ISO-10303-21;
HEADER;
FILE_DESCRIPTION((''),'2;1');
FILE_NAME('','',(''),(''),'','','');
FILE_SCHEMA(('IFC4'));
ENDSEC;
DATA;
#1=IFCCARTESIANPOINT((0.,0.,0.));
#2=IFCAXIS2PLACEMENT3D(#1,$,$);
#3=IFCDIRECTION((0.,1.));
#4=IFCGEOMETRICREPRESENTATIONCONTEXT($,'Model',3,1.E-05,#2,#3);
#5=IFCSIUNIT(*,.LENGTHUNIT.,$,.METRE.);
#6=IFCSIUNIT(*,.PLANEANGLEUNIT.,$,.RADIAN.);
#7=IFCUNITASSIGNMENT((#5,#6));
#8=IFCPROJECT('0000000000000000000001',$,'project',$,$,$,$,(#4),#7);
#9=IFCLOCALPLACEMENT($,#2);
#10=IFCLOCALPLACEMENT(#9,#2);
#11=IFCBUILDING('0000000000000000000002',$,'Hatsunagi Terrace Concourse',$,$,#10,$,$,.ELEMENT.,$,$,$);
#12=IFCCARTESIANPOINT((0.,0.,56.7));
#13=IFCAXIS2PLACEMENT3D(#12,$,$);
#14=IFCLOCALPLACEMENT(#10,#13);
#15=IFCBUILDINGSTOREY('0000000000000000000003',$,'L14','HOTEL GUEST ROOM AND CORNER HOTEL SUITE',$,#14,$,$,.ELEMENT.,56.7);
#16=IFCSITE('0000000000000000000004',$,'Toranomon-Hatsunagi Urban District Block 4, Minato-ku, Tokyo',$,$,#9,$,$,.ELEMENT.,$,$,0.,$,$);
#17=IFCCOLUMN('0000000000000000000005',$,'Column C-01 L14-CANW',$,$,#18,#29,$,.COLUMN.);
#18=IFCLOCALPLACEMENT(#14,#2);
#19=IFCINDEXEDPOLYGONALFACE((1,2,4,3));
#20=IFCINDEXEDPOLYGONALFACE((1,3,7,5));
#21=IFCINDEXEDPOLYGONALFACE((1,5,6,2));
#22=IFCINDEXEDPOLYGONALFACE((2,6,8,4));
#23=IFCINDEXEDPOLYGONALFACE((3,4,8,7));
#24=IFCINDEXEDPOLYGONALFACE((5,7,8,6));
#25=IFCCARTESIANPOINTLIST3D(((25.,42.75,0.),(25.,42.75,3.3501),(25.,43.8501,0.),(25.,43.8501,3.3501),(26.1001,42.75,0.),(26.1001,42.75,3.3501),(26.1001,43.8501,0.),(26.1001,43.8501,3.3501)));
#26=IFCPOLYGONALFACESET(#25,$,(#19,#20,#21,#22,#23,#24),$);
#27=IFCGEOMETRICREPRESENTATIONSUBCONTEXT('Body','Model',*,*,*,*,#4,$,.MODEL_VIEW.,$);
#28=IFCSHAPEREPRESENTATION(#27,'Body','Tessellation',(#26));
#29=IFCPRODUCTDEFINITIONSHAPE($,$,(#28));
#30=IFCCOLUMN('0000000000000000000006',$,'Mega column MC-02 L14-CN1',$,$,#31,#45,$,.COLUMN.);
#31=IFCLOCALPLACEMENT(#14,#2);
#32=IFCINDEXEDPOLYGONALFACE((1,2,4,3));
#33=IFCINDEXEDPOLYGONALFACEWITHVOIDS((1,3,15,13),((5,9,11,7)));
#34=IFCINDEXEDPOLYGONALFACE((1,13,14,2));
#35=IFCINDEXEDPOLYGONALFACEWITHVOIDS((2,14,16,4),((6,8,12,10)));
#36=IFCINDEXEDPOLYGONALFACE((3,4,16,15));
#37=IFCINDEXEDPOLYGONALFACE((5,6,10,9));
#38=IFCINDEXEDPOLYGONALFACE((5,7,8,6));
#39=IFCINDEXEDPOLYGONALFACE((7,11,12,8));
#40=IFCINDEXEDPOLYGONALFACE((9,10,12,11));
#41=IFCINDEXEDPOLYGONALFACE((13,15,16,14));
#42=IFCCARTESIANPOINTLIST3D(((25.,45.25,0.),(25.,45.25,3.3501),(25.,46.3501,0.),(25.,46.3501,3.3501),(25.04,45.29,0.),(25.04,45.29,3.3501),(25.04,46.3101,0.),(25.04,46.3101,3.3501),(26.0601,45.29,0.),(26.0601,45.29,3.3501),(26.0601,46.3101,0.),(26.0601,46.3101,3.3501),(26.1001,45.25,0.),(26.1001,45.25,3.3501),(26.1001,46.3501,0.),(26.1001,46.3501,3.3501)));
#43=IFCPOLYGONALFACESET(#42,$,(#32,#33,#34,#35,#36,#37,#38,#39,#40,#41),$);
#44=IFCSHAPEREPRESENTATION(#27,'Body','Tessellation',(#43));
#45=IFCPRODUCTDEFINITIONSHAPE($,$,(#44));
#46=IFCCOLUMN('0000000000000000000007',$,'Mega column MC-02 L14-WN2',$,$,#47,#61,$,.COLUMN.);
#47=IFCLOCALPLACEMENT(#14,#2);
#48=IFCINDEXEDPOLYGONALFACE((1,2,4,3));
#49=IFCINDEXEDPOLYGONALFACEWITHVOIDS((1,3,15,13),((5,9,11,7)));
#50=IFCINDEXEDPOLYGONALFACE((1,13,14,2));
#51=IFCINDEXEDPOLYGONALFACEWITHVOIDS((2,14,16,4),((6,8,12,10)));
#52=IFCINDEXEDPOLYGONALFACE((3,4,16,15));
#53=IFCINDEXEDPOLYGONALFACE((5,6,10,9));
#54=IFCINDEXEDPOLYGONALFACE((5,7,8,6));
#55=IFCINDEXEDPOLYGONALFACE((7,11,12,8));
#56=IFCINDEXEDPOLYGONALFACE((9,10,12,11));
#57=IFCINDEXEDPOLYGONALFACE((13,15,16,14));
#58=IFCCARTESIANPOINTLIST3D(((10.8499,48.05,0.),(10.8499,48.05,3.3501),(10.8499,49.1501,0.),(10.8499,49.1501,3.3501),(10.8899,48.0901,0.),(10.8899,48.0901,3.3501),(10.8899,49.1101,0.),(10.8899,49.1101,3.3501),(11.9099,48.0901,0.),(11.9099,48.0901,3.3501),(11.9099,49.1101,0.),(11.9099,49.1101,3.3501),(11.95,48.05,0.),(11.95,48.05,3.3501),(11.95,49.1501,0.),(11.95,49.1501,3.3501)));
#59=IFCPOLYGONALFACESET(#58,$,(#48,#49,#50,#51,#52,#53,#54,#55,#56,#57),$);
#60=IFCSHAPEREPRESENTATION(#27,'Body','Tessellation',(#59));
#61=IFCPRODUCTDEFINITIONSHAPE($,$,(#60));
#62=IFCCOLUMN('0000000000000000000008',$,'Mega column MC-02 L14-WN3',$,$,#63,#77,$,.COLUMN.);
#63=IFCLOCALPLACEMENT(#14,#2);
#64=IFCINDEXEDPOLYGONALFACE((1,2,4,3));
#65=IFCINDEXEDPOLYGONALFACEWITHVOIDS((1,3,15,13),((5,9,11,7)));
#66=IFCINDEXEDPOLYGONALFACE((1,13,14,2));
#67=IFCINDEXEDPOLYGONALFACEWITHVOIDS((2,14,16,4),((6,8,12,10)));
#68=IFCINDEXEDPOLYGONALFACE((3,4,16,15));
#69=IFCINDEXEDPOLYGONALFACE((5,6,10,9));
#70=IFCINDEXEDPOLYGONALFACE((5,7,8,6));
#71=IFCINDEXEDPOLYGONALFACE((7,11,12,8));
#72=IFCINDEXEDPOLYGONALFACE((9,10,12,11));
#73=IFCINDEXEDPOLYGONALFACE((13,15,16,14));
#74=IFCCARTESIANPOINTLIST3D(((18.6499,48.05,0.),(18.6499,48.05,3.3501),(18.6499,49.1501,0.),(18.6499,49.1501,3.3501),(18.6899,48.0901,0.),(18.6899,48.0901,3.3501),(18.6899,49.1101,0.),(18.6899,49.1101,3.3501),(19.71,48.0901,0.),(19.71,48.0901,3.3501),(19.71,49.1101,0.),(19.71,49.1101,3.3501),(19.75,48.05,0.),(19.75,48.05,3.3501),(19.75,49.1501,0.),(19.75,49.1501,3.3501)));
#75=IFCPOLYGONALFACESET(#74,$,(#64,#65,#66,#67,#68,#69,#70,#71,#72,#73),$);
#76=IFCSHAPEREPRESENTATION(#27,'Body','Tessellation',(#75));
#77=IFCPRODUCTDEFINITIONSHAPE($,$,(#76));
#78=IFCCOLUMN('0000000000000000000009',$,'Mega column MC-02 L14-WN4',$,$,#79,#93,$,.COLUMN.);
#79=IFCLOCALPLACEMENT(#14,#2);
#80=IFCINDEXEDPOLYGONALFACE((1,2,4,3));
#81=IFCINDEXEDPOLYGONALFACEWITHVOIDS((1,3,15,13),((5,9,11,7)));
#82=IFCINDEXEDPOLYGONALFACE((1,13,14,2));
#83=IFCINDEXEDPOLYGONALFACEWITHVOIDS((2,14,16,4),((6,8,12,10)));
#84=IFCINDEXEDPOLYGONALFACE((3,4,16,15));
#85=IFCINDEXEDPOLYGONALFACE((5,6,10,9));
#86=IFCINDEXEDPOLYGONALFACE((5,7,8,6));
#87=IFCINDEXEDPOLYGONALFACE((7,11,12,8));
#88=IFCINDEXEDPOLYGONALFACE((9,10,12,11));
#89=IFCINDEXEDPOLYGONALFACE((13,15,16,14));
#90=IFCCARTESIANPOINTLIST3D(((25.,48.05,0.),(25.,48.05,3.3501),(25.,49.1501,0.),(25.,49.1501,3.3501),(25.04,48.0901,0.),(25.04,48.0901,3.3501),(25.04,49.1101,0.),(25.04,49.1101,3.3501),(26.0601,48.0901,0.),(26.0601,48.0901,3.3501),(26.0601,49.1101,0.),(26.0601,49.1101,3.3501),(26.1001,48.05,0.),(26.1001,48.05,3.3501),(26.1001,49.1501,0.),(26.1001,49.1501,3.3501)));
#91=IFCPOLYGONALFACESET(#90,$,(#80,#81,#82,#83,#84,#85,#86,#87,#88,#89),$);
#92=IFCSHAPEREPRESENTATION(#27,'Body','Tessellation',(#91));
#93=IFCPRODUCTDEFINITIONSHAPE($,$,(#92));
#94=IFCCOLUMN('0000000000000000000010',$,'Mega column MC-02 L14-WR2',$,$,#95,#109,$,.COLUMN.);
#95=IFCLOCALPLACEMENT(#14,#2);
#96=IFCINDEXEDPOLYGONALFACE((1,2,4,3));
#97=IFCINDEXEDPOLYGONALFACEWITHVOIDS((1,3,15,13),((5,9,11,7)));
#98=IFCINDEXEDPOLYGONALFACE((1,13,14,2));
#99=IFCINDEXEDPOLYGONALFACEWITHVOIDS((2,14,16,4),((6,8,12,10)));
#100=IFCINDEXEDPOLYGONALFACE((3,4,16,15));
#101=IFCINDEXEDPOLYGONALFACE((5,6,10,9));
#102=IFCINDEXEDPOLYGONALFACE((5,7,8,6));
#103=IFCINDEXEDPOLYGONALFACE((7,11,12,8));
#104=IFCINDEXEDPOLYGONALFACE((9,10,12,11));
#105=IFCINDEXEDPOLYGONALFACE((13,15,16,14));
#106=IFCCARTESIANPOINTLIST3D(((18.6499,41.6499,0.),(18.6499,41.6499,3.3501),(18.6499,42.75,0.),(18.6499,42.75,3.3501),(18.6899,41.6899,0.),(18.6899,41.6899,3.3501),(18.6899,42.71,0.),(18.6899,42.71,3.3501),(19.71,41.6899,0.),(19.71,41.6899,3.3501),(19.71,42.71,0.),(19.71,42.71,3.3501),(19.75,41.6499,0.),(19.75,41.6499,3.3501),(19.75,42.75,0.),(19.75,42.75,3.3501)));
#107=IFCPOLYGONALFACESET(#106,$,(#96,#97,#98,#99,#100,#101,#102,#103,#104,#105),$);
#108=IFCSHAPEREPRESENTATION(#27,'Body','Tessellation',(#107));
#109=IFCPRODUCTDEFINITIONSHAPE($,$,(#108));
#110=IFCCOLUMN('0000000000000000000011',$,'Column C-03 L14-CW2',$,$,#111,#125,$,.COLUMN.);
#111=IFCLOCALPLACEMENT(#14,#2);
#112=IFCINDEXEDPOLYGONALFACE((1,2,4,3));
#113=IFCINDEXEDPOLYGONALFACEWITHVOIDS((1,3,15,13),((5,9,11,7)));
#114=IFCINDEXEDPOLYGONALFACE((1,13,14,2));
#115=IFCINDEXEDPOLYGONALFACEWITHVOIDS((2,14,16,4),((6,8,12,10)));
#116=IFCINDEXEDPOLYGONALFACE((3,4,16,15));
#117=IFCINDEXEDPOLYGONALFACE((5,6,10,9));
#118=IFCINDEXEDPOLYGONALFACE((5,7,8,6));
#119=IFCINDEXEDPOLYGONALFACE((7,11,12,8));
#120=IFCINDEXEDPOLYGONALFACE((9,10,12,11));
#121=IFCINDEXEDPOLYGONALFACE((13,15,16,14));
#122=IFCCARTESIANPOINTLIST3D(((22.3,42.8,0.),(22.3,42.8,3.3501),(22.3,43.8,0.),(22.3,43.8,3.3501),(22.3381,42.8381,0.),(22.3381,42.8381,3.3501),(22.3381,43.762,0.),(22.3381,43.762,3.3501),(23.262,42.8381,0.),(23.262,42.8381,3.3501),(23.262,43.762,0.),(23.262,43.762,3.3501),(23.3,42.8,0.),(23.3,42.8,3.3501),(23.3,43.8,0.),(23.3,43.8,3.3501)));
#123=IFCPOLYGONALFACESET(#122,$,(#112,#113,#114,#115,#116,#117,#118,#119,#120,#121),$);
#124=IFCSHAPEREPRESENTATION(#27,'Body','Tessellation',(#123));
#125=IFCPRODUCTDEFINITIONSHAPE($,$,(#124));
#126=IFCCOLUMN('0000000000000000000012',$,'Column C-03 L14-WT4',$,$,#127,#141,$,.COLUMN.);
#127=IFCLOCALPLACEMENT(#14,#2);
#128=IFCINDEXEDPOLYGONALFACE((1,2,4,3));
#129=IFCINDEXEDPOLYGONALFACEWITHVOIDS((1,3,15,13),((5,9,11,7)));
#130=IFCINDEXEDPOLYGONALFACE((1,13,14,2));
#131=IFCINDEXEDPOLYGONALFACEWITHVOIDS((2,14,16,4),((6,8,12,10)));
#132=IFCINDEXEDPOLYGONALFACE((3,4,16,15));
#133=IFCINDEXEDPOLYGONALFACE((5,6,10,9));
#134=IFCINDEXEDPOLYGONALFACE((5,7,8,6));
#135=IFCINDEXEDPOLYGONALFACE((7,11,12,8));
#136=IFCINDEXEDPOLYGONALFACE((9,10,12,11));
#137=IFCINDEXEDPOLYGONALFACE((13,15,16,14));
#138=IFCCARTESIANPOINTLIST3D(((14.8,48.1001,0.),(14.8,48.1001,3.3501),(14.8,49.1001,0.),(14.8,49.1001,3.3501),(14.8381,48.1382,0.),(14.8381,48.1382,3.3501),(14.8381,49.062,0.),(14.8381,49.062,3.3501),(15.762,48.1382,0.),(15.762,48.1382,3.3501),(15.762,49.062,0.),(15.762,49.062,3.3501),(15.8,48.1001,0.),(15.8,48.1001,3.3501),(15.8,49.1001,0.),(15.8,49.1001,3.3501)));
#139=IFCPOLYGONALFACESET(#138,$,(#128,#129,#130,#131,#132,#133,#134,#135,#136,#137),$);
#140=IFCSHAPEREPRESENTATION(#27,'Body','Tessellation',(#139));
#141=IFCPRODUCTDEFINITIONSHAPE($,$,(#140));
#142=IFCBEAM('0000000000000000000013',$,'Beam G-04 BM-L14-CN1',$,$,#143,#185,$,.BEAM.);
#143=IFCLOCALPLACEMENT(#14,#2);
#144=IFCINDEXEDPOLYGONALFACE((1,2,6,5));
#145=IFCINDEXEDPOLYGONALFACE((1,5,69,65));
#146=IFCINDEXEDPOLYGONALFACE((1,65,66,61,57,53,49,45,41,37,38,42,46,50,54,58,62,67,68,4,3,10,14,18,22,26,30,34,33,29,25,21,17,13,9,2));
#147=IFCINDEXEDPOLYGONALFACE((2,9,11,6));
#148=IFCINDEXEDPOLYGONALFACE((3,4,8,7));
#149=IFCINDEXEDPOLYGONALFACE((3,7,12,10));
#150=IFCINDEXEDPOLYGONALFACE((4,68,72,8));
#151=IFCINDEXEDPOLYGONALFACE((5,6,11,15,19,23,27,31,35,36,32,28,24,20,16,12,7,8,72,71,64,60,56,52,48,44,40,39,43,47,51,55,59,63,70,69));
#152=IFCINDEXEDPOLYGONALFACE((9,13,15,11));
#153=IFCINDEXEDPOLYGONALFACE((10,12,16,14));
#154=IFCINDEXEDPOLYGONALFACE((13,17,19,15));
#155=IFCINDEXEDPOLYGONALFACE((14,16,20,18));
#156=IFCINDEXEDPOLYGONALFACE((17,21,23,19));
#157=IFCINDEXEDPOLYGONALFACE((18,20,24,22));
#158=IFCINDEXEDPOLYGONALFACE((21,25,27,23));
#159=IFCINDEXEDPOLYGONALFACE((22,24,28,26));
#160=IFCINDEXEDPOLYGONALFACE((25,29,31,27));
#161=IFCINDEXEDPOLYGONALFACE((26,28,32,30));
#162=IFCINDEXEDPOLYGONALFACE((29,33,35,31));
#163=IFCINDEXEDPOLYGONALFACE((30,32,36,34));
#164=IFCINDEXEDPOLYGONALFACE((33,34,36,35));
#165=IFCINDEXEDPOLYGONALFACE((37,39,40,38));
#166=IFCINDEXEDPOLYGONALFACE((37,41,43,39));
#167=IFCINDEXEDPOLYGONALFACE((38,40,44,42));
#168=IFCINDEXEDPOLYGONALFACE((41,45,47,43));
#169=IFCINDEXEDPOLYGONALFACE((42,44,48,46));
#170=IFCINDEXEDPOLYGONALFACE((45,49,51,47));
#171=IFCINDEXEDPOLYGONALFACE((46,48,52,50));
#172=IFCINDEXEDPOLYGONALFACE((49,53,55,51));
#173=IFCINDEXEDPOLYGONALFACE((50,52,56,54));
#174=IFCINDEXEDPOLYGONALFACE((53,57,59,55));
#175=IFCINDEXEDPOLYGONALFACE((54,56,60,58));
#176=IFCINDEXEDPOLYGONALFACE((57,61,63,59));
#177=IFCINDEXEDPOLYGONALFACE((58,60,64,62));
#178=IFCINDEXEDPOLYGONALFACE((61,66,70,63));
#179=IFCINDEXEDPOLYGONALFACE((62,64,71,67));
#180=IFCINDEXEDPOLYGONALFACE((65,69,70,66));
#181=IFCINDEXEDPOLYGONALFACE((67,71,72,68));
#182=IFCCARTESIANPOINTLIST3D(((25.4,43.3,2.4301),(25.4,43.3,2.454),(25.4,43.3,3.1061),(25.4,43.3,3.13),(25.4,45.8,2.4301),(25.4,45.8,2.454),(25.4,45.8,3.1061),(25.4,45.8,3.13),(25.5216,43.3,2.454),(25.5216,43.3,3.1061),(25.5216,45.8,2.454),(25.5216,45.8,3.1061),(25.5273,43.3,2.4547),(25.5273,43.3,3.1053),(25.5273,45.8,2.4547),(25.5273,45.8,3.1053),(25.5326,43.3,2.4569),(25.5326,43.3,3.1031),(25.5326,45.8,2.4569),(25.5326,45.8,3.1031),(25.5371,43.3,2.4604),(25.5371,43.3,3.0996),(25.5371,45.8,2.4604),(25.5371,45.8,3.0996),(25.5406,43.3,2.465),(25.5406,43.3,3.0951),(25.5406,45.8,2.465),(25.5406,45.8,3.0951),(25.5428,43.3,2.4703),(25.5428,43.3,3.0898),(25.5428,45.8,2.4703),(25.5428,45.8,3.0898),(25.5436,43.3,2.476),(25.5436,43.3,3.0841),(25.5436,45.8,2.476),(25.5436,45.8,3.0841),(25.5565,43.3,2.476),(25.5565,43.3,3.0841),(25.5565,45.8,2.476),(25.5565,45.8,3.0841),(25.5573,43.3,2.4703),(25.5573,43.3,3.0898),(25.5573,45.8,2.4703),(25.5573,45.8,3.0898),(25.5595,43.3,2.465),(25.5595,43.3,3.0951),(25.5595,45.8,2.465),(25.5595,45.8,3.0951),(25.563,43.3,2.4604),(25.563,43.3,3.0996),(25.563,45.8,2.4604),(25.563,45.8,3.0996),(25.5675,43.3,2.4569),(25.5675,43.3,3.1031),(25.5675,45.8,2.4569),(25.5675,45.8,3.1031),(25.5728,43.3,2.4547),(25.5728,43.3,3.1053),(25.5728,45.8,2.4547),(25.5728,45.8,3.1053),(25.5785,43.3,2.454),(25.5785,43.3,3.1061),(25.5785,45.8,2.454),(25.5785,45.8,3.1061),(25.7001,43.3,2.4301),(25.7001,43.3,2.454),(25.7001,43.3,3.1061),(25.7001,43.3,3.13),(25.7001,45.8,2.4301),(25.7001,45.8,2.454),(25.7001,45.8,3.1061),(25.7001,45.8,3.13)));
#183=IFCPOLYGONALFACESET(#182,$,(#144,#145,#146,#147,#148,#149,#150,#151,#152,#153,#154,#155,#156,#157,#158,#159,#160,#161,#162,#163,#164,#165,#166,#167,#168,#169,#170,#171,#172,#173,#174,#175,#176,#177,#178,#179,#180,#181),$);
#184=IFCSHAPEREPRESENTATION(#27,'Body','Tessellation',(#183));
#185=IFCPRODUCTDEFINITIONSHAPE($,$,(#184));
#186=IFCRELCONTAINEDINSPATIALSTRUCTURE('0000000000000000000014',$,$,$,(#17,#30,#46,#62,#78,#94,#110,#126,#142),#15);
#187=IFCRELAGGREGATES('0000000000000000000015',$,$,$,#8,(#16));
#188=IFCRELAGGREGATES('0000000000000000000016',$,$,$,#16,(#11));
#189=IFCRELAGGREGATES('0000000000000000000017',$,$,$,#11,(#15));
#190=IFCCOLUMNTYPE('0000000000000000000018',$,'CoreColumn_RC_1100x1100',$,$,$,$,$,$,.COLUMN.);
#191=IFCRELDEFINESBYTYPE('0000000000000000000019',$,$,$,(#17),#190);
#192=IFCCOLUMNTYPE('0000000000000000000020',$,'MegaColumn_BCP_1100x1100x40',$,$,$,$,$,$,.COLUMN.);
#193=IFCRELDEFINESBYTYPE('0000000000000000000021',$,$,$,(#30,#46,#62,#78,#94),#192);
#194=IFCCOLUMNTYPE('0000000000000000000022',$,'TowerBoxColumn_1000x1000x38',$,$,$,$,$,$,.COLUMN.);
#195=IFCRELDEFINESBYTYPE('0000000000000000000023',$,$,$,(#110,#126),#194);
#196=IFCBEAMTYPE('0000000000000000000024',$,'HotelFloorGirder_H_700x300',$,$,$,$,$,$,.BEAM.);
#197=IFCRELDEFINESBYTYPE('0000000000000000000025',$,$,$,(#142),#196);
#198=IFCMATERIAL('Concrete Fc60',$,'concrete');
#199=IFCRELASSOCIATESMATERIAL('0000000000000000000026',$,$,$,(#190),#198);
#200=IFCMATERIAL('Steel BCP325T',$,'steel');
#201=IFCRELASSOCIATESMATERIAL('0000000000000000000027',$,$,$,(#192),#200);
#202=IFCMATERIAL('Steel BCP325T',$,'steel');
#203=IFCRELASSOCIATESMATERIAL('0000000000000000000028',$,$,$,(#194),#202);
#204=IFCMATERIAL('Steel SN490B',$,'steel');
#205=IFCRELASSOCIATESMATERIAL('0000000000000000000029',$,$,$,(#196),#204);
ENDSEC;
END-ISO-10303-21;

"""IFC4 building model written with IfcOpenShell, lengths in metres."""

from ifc_helpers import new_model, si_unit, direction, frame, origin, origin_2d, place, context, subcontext, project, spatial, rectangle, hollow_rectangle, i_section, extrude, material, material_profile, profile_set, type_object, element, save


model = new_model("IFC4")

# Units and contexts
model_context = context("Model", 3, precision=1e-05, world=origin(), true_north=direction((0.0, 1.0)))
body_context = subcontext(model_context, "Body", "Model", "MODEL_VIEW")
ifc_project = project(units=[si_unit("LENGTHUNIT", "METRE"), si_unit("PLANEANGLEUNIT", "RADIAN")], contexts=[model_context])

# Site, building, storey
site_placement = place(None, origin())
site = spatial("IfcSite", under=ifc_project, at=site_placement, Name="Toranomon-Hatsunagi Urban District Block 4, Minato-ku, Tokyo", CompositionType="ELEMENT", RefElevation=0.0)
building_placement = place(site_placement, origin())
building = spatial("IfcBuilding", under=site, at=building_placement, Name="Hatsunagi Terrace Concourse", CompositionType="ELEMENT")
storey_placement = place(building_placement, frame((0.0, 0.0, 56.7)))
storey = spatial("IfcBuildingStorey", under=building, at=storey_placement, Name="L14", Description="HOTEL GUEST ROOM AND CORNER HOTEL SUITE", CompositionType="ELEMENT", Elevation=56.7)

# Columns
ifc_material_1 = material(Name="Concrete Fc60", Category="concrete")
ifc_material_profile_1 = material_profile(ifc_material_1, rectangle(XDim=1.1001, YDim=1.1001, at=origin_2d()), Name="RC-1100x1100")
ifc_profile_set_1 = profile_set([ifc_material_profile_1], Name="Concrete Fc60")
column_type_1 = type_object("IfcColumnType", Name="CoreColumn_RC_1100x1100", PredefinedType="COLUMN", material=ifc_profile_set_1)
column_placement = place(storey_placement, frame((25.55, 43.3, 0.0), z_axis=(0.0, 0.0, 1.0), x_axis=(1.0, 0.0, 0.0)))
element("IfcColumn", 1, at=column_placement, inside=storey, type_object=column_type_1, Name="Column C-01 L14-CANW", PredefinedType="COLUMN", context=body_context, shape_type="SweptSolid", body=[
    extrude(rectangle(XDim=1.1001, YDim=1.1001, at=origin_2d()), origin(), (0.0, 0.0, 1.0), 3.3501),
])
ifc_material_2 = material(Name="Steel BCP325T", Category="steel")
ifc_material_profile_2 = material_profile(ifc_material_2, hollow_rectangle(XDim=1.1001, YDim=1.1001, WallThickness=0.04, at=origin_2d()), Name="BCP-1100x1100x40")
ifc_profile_set_2 = profile_set([ifc_material_profile_2], Name="Steel BCP325T")
column_type_2 = type_object("IfcColumnType", Name="MegaColumn_BCP_1100x1100x40", PredefinedType="COLUMN", material=ifc_profile_set_2)
for number, where, z_axis, x_axis, name in (
    (2, (25.55, 45.8, 0.0), (0.0, 0.0, 1.0), (1.0, 0.0, 0.0), "Mega column MC-02 L14-CN1"),
    (3, (11.3999, 48.6001, 0.0), (0.0, 0.0, 1.0), (1.0, 0.0, 0.0), "Mega column MC-02 L14-WN2"),
    (4, (19.2, 48.6001, 0.0), (0.0, 0.0, 1.0), (1.0, 0.0, 0.0), "Mega column MC-02 L14-WN3"),
    (5, (25.55, 48.6001, 0.0), (0.0, 0.0, 1.0), (1.0, 0.0, 0.0), "Mega column MC-02 L14-WN4"),
    (6, (19.2, 42.2, 0.0), (0.0, 0.0, 1.0), (1.0, 0.0, 0.0), "Mega column MC-02 L14-WR2"),
):
    element("IfcColumn", number, at=place(storey_placement, frame(where, z_axis=z_axis, x_axis=x_axis)), inside=storey, type_object=column_type_2, Name=name, PredefinedType="COLUMN", context=body_context, shape_type="SweptSolid", body=[
        extrude(hollow_rectangle(XDim=1.1001, YDim=1.1001, WallThickness=0.04, at=origin_2d()), origin(), (0.0, 0.0, 1.0), 3.3501),
    ])
ifc_material_3 = material(Name="Steel BCP325T", Category="steel")
ifc_material_profile_3 = material_profile(ifc_material_3, hollow_rectangle(XDim=1.0, YDim=1.0, WallThickness=0.0381, at=origin_2d()), Name="BCP-1000x1000x38")
ifc_profile_set_3 = profile_set([ifc_material_profile_3], Name="Steel BCP325T")
column_type_3 = type_object("IfcColumnType", Name="TowerBoxColumn_1000x1000x38", PredefinedType="COLUMN", material=ifc_profile_set_3)
for number, where, z_axis, x_axis, name in (
    (7, (22.8, 43.3, 0.0), (0.0, 0.0, 1.0), (1.0, 0.0, 0.0), "Column C-03 L14-CW2"),
    (8, (15.3, 48.6001, 0.0), (0.0, 0.0, 1.0), (1.0, 0.0, 0.0), "Column C-03 L14-WT4"),
):
    element("IfcColumn", number, at=place(storey_placement, frame(where, z_axis=z_axis, x_axis=x_axis)), inside=storey, type_object=column_type_3, Name=name, PredefinedType="COLUMN", context=body_context, shape_type="SweptSolid", body=[
        extrude(hollow_rectangle(XDim=1.0, YDim=1.0, WallThickness=0.0381, at=origin_2d()), origin(), (0.0, 0.0, 1.0), 3.3501),
    ])

# Beam
ifc_material_4 = material(Name="Steel SN490B", Category="steel")
ifc_material_profile_4 = material_profile(ifc_material_4, i_section(OverallWidth=0.3, OverallDepth=0.7, WebThickness=0.0129, FlangeThickness=0.0239, FilletRadius=0.022, at=origin_2d()), Name="H-700x300x13x24")
ifc_profile_set_4 = profile_set([ifc_material_profile_4], Name="Steel SN490B")
beam_type_1 = type_object("IfcBeamType", Name="HotelFloorGirder_H_700x300", PredefinedType="BEAM", material=ifc_profile_set_4)
beam_1_placement = place(storey_placement, frame((25.55, 43.3, 2.78), z_axis=(0.0, 1.0, 0.0), x_axis=(-1.0, 0.0, 0.0)))
element("IfcBeam", 9, at=beam_1_placement, inside=storey, type_object=beam_type_1, Name="Beam G-04 BM-L14-CN1", PredefinedType="BEAM", context=body_context, shape_type="SweptSolid", body=[
    extrude(i_section(OverallWidth=0.3, OverallDepth=0.7, WebThickness=0.0129, FlangeThickness=0.0239, FilletRadius=0.022, at=origin_2d()), origin(), (0.0, 0.0, 1.0), 2.5),
])

save(model, "model.ifc")
